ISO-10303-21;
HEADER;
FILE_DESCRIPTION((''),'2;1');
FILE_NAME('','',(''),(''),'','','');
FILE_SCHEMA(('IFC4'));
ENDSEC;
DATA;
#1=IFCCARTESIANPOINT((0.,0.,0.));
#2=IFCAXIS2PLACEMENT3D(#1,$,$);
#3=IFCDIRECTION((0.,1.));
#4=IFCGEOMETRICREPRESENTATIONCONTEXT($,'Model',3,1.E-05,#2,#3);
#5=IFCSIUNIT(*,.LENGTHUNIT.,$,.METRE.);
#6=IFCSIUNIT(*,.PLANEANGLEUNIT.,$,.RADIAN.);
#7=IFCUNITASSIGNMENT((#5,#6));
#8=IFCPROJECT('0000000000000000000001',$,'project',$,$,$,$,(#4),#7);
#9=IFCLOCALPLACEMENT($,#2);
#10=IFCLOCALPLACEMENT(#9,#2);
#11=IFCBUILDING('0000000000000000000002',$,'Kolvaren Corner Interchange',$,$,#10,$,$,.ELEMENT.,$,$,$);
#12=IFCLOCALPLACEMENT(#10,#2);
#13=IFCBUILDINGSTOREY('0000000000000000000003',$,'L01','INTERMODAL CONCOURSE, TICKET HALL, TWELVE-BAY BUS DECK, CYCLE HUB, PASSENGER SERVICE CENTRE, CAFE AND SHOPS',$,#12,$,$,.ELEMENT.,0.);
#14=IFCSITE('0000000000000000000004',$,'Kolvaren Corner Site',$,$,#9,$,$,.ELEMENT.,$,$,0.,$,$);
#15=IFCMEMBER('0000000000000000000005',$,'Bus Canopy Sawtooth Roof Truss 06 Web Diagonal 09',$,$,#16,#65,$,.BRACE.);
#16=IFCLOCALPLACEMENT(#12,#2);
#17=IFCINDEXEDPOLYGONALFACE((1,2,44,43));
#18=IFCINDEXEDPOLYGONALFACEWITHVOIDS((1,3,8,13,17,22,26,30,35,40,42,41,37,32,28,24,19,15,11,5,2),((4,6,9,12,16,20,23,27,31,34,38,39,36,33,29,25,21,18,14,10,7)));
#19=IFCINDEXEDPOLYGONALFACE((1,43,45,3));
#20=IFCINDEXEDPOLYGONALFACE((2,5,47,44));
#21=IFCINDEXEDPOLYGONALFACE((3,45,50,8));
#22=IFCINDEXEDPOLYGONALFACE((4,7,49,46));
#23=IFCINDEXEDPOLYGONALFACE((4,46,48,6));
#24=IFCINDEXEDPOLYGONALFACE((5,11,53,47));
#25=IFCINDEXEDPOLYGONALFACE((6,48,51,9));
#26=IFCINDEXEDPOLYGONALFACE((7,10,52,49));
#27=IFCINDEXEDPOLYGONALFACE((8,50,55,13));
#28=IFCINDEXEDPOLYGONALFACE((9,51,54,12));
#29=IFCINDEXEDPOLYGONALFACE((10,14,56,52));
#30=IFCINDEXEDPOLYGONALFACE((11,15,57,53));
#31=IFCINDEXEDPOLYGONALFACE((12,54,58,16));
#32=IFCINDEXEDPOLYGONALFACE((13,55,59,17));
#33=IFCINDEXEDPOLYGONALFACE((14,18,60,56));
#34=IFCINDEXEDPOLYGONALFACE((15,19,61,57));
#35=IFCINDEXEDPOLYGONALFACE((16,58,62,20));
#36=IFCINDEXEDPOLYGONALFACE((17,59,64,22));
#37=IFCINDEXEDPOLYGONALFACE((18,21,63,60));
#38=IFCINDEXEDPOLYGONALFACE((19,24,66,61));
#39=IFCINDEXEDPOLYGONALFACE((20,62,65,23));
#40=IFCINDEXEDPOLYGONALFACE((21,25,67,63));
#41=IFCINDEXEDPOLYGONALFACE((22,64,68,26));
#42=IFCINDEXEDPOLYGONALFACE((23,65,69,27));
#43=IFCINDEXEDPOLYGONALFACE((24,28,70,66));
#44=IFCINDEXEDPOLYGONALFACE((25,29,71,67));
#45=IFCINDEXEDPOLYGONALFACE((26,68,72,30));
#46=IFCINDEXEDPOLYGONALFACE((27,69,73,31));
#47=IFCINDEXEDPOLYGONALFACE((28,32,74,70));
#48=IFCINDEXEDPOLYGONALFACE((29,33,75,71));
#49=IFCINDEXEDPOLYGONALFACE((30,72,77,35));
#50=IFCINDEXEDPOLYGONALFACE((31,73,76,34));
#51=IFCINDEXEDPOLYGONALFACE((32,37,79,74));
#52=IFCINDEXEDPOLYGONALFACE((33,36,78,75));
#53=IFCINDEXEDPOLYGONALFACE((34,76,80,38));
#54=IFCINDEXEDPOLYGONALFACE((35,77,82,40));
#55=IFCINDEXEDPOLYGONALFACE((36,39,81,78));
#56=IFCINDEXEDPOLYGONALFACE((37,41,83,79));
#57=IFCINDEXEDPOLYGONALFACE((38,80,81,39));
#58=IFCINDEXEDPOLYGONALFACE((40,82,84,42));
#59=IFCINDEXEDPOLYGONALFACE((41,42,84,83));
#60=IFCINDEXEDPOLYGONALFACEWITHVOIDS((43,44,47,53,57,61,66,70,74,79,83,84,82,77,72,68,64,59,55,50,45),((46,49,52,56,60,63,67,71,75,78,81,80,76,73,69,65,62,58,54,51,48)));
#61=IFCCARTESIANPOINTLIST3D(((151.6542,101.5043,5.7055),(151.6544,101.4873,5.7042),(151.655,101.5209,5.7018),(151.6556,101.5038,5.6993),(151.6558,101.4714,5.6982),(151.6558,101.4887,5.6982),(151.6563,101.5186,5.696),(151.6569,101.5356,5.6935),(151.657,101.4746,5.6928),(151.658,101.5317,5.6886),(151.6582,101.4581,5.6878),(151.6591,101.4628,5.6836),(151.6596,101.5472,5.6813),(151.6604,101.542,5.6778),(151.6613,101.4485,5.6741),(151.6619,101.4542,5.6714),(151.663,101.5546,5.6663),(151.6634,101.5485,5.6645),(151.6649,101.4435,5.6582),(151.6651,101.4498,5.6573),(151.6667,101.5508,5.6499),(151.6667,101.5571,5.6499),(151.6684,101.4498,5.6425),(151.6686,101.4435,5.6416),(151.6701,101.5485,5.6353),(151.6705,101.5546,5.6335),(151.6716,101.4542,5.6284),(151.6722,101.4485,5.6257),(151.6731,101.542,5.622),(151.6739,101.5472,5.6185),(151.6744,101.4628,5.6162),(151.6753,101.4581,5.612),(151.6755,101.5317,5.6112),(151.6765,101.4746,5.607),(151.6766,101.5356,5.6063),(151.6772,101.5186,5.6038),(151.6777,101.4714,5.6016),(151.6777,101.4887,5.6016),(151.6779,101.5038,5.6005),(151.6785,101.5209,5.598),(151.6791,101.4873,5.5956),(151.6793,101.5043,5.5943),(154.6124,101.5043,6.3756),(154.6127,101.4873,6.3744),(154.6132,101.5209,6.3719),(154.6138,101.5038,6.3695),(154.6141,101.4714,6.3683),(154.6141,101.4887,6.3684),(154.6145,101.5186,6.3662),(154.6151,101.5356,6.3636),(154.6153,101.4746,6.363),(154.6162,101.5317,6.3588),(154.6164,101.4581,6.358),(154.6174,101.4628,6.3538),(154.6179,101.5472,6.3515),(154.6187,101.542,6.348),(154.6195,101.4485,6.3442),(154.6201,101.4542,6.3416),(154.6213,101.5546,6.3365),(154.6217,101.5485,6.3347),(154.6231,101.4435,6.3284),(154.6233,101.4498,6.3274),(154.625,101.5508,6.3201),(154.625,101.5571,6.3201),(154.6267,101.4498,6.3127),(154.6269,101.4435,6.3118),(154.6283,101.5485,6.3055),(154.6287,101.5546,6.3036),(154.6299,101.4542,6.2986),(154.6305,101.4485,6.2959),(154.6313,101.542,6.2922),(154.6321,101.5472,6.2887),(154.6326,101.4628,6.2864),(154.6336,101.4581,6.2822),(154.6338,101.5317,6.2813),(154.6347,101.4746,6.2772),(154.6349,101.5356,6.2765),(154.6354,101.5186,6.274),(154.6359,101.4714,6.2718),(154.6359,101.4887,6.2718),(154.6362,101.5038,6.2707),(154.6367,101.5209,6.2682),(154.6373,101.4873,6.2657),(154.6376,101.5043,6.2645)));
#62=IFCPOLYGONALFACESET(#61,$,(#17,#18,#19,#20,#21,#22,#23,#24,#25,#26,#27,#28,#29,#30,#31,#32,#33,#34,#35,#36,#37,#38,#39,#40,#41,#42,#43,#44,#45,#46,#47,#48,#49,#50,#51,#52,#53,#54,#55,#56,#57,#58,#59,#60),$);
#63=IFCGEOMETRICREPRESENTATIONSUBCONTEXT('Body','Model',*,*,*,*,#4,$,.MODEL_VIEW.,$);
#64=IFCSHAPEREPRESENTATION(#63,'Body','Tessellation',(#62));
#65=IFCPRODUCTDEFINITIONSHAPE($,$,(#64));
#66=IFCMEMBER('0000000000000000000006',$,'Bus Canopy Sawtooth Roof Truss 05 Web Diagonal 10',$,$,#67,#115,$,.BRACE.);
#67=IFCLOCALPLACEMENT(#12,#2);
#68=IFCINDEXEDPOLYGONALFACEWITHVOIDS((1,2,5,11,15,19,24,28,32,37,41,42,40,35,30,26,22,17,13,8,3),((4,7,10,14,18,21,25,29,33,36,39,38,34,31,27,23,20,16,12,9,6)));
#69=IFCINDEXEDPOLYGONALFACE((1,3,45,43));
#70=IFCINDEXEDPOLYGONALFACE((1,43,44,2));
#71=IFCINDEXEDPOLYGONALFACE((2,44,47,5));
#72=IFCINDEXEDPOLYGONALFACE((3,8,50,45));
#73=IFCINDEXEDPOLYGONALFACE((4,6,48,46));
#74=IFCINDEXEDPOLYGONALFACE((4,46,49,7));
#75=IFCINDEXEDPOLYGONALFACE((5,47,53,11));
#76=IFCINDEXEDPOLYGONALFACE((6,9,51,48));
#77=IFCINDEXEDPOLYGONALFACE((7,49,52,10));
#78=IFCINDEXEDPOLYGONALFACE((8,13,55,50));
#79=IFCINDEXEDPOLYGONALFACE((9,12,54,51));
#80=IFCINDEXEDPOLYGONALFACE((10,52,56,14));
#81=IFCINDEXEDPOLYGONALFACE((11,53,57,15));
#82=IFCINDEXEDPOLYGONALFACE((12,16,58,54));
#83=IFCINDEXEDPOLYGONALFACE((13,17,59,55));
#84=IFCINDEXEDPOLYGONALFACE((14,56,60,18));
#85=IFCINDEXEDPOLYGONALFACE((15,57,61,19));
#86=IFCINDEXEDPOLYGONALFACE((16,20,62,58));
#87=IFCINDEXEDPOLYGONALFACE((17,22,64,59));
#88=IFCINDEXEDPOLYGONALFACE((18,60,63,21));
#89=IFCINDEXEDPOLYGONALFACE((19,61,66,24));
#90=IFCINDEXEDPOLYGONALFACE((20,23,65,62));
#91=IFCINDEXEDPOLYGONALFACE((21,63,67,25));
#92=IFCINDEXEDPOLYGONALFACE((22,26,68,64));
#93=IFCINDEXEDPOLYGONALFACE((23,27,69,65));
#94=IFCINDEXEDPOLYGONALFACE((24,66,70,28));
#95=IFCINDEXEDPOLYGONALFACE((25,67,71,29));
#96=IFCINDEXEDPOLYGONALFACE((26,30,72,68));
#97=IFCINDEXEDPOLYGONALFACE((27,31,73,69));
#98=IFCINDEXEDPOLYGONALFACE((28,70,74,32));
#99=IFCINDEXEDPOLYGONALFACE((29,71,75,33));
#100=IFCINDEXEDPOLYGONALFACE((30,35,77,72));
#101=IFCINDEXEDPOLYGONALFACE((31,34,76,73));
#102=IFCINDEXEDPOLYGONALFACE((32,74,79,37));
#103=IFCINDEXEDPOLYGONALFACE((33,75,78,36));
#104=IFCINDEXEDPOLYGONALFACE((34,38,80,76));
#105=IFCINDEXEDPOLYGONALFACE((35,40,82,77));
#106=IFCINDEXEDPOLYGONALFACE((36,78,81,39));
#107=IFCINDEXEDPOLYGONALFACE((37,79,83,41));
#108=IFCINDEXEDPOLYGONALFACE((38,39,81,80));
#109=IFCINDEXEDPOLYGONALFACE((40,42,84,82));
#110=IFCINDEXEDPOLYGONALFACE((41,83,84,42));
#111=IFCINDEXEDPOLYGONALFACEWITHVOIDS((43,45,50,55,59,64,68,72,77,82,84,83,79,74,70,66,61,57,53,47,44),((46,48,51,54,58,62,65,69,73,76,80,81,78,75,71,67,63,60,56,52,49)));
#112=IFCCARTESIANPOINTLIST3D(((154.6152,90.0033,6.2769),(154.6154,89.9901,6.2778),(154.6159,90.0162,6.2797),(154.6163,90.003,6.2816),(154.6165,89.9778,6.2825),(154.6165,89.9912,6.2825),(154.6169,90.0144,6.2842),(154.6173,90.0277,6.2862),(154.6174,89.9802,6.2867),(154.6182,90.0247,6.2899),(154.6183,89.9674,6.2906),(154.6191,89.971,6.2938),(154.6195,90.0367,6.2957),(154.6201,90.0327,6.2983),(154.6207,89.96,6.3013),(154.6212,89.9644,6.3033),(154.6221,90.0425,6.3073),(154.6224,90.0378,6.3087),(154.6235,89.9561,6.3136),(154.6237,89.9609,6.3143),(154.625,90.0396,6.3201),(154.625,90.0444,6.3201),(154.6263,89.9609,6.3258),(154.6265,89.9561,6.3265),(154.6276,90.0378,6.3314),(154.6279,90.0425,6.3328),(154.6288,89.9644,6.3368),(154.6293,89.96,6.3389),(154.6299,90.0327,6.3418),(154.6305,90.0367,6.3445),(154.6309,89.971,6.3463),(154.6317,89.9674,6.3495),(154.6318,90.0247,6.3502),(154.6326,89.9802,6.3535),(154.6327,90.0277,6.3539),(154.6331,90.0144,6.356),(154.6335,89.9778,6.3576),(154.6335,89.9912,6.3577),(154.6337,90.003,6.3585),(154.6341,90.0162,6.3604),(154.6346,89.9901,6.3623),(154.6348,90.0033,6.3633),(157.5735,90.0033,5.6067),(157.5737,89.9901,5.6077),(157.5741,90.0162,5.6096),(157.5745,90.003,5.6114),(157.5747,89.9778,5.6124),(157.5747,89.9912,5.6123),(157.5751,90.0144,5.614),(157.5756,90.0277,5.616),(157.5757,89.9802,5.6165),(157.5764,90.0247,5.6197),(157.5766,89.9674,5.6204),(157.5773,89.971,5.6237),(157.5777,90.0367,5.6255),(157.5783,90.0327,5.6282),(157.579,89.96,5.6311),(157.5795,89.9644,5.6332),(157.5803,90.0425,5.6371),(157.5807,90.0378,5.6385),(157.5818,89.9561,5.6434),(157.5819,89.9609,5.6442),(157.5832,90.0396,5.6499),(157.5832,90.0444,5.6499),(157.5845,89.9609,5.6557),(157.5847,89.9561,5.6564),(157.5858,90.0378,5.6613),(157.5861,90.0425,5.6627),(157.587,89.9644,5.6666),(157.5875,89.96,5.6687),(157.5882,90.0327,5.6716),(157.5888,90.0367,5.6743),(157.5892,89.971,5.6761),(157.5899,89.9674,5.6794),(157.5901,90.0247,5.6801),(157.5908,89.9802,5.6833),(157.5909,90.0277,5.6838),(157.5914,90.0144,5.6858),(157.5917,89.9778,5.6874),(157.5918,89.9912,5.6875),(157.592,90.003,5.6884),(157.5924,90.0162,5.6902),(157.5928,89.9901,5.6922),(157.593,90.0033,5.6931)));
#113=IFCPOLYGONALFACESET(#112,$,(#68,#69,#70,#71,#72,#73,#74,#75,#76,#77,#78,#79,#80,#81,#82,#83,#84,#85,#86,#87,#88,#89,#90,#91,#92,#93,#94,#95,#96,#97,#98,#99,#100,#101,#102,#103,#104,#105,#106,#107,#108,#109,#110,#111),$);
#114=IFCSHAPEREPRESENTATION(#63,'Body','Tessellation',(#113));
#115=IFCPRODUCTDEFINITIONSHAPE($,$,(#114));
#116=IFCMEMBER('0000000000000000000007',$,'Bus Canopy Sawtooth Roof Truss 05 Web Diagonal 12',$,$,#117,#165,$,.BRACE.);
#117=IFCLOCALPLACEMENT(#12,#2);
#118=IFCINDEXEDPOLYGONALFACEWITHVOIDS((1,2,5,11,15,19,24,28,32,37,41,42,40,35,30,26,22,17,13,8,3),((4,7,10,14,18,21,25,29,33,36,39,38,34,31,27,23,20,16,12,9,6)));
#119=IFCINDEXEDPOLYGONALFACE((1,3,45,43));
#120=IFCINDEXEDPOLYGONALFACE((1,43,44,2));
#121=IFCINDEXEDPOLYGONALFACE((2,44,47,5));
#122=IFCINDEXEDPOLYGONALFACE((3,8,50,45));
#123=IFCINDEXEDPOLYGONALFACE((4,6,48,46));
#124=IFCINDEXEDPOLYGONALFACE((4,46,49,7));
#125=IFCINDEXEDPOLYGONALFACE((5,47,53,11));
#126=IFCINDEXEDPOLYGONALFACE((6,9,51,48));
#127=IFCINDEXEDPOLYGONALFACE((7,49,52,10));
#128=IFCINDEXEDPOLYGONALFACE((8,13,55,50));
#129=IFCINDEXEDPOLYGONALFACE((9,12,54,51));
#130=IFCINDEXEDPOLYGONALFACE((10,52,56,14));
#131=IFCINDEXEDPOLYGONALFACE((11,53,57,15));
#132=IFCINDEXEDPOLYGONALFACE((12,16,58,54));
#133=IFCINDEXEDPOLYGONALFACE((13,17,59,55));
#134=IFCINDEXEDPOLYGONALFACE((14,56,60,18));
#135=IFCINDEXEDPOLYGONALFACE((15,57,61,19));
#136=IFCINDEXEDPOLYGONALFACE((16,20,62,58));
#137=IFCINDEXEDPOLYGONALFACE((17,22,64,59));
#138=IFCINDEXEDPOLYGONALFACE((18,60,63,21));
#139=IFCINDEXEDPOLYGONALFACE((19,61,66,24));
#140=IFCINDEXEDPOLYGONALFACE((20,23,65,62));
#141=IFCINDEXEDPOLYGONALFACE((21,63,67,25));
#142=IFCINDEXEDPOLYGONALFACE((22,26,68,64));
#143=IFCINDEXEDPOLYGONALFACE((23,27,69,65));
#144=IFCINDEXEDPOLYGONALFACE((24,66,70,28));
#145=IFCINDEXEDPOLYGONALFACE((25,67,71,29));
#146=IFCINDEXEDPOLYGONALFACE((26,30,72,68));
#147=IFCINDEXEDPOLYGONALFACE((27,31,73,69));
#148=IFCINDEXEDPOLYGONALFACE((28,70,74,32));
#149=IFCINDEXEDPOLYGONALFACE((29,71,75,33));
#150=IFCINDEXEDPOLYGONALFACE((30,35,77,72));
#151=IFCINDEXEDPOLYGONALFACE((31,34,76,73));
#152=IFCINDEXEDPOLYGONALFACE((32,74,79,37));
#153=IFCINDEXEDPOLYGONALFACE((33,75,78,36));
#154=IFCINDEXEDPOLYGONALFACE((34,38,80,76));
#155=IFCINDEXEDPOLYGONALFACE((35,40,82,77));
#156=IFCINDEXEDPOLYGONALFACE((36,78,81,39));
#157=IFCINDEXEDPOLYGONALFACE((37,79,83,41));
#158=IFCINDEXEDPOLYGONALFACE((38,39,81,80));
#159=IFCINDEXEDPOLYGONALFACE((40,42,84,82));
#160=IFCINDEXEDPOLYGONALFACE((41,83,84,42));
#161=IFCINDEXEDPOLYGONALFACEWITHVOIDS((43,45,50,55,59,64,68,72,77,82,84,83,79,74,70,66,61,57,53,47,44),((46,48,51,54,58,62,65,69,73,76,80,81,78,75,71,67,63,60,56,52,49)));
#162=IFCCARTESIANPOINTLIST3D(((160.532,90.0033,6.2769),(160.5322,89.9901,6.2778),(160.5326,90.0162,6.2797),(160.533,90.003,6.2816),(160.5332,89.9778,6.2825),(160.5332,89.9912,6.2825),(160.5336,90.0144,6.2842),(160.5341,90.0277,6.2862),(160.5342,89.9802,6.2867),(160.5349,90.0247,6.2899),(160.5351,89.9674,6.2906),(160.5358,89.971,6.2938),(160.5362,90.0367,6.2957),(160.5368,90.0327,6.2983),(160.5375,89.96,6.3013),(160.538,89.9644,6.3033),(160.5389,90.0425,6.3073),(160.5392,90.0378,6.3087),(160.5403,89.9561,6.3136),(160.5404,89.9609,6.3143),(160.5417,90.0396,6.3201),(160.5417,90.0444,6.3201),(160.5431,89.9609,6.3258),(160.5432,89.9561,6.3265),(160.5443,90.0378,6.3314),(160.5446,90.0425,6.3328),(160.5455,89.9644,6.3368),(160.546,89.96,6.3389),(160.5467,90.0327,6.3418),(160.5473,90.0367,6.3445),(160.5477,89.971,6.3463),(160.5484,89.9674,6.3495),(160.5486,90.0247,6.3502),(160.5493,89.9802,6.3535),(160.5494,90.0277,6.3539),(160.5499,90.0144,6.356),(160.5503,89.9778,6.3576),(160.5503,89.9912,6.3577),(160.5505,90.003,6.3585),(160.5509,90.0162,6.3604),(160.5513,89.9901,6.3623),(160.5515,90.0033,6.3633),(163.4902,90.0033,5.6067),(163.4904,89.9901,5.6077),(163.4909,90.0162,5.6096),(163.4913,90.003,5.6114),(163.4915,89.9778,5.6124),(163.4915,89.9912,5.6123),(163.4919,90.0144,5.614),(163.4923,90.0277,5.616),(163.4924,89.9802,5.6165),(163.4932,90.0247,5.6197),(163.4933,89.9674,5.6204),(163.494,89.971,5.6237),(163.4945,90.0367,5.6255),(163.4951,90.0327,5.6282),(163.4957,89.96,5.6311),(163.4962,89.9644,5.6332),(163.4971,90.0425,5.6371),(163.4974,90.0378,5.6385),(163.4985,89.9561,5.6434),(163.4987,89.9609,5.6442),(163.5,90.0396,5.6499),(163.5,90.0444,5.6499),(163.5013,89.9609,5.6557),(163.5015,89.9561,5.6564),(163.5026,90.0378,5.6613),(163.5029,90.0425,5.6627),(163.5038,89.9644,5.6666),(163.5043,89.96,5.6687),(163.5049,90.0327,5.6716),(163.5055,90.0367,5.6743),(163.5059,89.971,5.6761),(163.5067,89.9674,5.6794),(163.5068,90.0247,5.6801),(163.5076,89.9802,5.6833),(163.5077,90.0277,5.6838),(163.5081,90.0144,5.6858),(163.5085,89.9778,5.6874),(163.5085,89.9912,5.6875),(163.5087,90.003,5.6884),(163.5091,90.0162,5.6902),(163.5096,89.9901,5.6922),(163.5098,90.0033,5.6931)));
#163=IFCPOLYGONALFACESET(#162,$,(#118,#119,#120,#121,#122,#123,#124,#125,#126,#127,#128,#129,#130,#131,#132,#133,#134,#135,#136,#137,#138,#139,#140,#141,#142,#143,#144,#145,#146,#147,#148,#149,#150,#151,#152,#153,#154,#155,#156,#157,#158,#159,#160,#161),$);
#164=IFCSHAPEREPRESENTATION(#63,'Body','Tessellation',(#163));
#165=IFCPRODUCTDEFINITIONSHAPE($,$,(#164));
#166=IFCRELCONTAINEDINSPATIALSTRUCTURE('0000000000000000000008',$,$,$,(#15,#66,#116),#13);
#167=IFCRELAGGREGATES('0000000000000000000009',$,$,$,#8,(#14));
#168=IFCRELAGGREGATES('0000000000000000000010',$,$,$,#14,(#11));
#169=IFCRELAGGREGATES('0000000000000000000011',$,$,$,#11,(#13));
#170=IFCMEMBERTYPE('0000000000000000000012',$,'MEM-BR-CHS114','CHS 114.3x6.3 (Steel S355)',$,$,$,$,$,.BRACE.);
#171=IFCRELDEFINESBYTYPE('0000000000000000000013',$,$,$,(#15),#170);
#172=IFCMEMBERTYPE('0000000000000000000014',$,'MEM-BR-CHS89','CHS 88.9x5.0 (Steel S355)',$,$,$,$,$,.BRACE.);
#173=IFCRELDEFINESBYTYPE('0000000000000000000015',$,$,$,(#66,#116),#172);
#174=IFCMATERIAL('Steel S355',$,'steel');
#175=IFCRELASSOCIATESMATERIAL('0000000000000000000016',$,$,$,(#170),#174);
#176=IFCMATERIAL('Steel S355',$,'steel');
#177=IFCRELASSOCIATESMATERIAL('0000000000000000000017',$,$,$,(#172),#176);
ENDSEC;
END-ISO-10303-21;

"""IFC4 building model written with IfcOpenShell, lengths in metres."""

from ifc_helpers import new_model, si_unit, direction, frame, origin, origin_2d, place, context, subcontext, project, spatial, hollow_circle, extrude, material, material_profile, profile_set, type_object, element, save


model = new_model("IFC4")

# Units and contexts
model_context = context("Model", 3, precision=1e-05, world=origin(), true_north=direction((0.0, 1.0)))
body_context = subcontext(model_context, "Body", "Model", "MODEL_VIEW")
ifc_project = project(units=[si_unit("LENGTHUNIT", "METRE"), si_unit("PLANEANGLEUNIT", "RADIAN")], contexts=[model_context])

# Site, building, storey
site_placement = place(None, origin())
site = spatial("IfcSite", under=ifc_project, at=site_placement, Name="Kolvaren Corner Site", CompositionType="ELEMENT", RefElevation=0.0)
building_placement = place(site_placement, origin())
building = spatial("IfcBuilding", under=site, at=building_placement, Name="Kolvaren Corner Interchange", CompositionType="ELEMENT")
storey_placement = place(building_placement, origin())
storey = spatial("IfcBuildingStorey", under=building, at=storey_placement, Name="L01", Description="INTERMODAL CONCOURSE, TICKET HALL, TWELVE-BAY BUS DECK, CYCLE HUB, PASSENGER SERVICE CENTRE, CAFE AND SHOPS", CompositionType="ELEMENT", Elevation=0.0)

# Members
ifc_material_1 = material(Name="Steel S355", Category="steel")
ifc_material_profile_1 = material_profile(ifc_material_1, hollow_circle(Radius=0.0571, WallThickness=0.0063, at=origin_2d()), Name="CHS 114.3x6.3")
ifc_profile_set_1 = profile_set([ifc_material_profile_1], Name="Steel S355")
member_type_1 = type_object("IfcMemberType", Name="MEM-BR-CHS114", Description="CHS 114.3x6.3 (Steel S355)", PredefinedType="BRACE", material=ifc_profile_set_1)
member_1_placement = place(storey_placement, frame((151.6667, 101.5, 5.6499), z_axis=(0.975287, 0.0, 0.220943), x_axis=(0.0, 1.0, 0.0)))
element("IfcMember", 1, at=member_1_placement, inside=storey, type_object=member_type_1, Name="Bus Canopy Sawtooth Roof Truss 06 Web Diagonal 09", PredefinedType="BRACE", context=body_context, shape_type="SweptSolid", body=[
    extrude(hollow_circle(Radius=0.0571, WallThickness=0.0063, at=origin_2d()), origin(), (0.0, 0.0, 1.0), 3.0332),
])
ifc_material_2 = material(Name="Steel S355", Category="steel")
ifc_material_profile_2 = material_profile(ifc_material_2, hollow_circle(Radius=0.0444, WallThickness=0.0049, at=origin_2d()), Name="CHS 88.9x5.0")
ifc_profile_set_2 = profile_set([ifc_material_profile_2], Name="Steel S355")
member_type_2 = type_object("IfcMemberType", Name="MEM-BR-CHS89", Description="CHS 88.9x5.0 (Steel S355)", PredefinedType="BRACE", material=ifc_profile_set_2)
for number, where, z_axis, x_axis, name in (
    (2, (154.625, 90.0, 6.3201), (0.975287, 0.0, -0.220943), (0.0, 1.0, 0.0), "Bus Canopy Sawtooth Roof Truss 05 Web Diagonal 10"),
    (3, (160.5417, 90.0, 6.3201), (0.975287, 0.0, -0.220943), (0.0, 1.0, 0.0), "Bus Canopy Sawtooth Roof Truss 05 Web Diagonal 12"),
):
    element("IfcMember", number, at=place(storey_placement, frame(where, z_axis=z_axis, x_axis=x_axis)), inside=storey, type_object=member_type_2, Name=name, PredefinedType="BRACE", context=body_context, shape_type="SweptSolid", body=[
        extrude(hollow_circle(Radius=0.0444, WallThickness=0.0049, at=origin_2d()), origin(), (0.0, 0.0, 1.0), 3.0332),
    ])

save(model, "model.ifc")
